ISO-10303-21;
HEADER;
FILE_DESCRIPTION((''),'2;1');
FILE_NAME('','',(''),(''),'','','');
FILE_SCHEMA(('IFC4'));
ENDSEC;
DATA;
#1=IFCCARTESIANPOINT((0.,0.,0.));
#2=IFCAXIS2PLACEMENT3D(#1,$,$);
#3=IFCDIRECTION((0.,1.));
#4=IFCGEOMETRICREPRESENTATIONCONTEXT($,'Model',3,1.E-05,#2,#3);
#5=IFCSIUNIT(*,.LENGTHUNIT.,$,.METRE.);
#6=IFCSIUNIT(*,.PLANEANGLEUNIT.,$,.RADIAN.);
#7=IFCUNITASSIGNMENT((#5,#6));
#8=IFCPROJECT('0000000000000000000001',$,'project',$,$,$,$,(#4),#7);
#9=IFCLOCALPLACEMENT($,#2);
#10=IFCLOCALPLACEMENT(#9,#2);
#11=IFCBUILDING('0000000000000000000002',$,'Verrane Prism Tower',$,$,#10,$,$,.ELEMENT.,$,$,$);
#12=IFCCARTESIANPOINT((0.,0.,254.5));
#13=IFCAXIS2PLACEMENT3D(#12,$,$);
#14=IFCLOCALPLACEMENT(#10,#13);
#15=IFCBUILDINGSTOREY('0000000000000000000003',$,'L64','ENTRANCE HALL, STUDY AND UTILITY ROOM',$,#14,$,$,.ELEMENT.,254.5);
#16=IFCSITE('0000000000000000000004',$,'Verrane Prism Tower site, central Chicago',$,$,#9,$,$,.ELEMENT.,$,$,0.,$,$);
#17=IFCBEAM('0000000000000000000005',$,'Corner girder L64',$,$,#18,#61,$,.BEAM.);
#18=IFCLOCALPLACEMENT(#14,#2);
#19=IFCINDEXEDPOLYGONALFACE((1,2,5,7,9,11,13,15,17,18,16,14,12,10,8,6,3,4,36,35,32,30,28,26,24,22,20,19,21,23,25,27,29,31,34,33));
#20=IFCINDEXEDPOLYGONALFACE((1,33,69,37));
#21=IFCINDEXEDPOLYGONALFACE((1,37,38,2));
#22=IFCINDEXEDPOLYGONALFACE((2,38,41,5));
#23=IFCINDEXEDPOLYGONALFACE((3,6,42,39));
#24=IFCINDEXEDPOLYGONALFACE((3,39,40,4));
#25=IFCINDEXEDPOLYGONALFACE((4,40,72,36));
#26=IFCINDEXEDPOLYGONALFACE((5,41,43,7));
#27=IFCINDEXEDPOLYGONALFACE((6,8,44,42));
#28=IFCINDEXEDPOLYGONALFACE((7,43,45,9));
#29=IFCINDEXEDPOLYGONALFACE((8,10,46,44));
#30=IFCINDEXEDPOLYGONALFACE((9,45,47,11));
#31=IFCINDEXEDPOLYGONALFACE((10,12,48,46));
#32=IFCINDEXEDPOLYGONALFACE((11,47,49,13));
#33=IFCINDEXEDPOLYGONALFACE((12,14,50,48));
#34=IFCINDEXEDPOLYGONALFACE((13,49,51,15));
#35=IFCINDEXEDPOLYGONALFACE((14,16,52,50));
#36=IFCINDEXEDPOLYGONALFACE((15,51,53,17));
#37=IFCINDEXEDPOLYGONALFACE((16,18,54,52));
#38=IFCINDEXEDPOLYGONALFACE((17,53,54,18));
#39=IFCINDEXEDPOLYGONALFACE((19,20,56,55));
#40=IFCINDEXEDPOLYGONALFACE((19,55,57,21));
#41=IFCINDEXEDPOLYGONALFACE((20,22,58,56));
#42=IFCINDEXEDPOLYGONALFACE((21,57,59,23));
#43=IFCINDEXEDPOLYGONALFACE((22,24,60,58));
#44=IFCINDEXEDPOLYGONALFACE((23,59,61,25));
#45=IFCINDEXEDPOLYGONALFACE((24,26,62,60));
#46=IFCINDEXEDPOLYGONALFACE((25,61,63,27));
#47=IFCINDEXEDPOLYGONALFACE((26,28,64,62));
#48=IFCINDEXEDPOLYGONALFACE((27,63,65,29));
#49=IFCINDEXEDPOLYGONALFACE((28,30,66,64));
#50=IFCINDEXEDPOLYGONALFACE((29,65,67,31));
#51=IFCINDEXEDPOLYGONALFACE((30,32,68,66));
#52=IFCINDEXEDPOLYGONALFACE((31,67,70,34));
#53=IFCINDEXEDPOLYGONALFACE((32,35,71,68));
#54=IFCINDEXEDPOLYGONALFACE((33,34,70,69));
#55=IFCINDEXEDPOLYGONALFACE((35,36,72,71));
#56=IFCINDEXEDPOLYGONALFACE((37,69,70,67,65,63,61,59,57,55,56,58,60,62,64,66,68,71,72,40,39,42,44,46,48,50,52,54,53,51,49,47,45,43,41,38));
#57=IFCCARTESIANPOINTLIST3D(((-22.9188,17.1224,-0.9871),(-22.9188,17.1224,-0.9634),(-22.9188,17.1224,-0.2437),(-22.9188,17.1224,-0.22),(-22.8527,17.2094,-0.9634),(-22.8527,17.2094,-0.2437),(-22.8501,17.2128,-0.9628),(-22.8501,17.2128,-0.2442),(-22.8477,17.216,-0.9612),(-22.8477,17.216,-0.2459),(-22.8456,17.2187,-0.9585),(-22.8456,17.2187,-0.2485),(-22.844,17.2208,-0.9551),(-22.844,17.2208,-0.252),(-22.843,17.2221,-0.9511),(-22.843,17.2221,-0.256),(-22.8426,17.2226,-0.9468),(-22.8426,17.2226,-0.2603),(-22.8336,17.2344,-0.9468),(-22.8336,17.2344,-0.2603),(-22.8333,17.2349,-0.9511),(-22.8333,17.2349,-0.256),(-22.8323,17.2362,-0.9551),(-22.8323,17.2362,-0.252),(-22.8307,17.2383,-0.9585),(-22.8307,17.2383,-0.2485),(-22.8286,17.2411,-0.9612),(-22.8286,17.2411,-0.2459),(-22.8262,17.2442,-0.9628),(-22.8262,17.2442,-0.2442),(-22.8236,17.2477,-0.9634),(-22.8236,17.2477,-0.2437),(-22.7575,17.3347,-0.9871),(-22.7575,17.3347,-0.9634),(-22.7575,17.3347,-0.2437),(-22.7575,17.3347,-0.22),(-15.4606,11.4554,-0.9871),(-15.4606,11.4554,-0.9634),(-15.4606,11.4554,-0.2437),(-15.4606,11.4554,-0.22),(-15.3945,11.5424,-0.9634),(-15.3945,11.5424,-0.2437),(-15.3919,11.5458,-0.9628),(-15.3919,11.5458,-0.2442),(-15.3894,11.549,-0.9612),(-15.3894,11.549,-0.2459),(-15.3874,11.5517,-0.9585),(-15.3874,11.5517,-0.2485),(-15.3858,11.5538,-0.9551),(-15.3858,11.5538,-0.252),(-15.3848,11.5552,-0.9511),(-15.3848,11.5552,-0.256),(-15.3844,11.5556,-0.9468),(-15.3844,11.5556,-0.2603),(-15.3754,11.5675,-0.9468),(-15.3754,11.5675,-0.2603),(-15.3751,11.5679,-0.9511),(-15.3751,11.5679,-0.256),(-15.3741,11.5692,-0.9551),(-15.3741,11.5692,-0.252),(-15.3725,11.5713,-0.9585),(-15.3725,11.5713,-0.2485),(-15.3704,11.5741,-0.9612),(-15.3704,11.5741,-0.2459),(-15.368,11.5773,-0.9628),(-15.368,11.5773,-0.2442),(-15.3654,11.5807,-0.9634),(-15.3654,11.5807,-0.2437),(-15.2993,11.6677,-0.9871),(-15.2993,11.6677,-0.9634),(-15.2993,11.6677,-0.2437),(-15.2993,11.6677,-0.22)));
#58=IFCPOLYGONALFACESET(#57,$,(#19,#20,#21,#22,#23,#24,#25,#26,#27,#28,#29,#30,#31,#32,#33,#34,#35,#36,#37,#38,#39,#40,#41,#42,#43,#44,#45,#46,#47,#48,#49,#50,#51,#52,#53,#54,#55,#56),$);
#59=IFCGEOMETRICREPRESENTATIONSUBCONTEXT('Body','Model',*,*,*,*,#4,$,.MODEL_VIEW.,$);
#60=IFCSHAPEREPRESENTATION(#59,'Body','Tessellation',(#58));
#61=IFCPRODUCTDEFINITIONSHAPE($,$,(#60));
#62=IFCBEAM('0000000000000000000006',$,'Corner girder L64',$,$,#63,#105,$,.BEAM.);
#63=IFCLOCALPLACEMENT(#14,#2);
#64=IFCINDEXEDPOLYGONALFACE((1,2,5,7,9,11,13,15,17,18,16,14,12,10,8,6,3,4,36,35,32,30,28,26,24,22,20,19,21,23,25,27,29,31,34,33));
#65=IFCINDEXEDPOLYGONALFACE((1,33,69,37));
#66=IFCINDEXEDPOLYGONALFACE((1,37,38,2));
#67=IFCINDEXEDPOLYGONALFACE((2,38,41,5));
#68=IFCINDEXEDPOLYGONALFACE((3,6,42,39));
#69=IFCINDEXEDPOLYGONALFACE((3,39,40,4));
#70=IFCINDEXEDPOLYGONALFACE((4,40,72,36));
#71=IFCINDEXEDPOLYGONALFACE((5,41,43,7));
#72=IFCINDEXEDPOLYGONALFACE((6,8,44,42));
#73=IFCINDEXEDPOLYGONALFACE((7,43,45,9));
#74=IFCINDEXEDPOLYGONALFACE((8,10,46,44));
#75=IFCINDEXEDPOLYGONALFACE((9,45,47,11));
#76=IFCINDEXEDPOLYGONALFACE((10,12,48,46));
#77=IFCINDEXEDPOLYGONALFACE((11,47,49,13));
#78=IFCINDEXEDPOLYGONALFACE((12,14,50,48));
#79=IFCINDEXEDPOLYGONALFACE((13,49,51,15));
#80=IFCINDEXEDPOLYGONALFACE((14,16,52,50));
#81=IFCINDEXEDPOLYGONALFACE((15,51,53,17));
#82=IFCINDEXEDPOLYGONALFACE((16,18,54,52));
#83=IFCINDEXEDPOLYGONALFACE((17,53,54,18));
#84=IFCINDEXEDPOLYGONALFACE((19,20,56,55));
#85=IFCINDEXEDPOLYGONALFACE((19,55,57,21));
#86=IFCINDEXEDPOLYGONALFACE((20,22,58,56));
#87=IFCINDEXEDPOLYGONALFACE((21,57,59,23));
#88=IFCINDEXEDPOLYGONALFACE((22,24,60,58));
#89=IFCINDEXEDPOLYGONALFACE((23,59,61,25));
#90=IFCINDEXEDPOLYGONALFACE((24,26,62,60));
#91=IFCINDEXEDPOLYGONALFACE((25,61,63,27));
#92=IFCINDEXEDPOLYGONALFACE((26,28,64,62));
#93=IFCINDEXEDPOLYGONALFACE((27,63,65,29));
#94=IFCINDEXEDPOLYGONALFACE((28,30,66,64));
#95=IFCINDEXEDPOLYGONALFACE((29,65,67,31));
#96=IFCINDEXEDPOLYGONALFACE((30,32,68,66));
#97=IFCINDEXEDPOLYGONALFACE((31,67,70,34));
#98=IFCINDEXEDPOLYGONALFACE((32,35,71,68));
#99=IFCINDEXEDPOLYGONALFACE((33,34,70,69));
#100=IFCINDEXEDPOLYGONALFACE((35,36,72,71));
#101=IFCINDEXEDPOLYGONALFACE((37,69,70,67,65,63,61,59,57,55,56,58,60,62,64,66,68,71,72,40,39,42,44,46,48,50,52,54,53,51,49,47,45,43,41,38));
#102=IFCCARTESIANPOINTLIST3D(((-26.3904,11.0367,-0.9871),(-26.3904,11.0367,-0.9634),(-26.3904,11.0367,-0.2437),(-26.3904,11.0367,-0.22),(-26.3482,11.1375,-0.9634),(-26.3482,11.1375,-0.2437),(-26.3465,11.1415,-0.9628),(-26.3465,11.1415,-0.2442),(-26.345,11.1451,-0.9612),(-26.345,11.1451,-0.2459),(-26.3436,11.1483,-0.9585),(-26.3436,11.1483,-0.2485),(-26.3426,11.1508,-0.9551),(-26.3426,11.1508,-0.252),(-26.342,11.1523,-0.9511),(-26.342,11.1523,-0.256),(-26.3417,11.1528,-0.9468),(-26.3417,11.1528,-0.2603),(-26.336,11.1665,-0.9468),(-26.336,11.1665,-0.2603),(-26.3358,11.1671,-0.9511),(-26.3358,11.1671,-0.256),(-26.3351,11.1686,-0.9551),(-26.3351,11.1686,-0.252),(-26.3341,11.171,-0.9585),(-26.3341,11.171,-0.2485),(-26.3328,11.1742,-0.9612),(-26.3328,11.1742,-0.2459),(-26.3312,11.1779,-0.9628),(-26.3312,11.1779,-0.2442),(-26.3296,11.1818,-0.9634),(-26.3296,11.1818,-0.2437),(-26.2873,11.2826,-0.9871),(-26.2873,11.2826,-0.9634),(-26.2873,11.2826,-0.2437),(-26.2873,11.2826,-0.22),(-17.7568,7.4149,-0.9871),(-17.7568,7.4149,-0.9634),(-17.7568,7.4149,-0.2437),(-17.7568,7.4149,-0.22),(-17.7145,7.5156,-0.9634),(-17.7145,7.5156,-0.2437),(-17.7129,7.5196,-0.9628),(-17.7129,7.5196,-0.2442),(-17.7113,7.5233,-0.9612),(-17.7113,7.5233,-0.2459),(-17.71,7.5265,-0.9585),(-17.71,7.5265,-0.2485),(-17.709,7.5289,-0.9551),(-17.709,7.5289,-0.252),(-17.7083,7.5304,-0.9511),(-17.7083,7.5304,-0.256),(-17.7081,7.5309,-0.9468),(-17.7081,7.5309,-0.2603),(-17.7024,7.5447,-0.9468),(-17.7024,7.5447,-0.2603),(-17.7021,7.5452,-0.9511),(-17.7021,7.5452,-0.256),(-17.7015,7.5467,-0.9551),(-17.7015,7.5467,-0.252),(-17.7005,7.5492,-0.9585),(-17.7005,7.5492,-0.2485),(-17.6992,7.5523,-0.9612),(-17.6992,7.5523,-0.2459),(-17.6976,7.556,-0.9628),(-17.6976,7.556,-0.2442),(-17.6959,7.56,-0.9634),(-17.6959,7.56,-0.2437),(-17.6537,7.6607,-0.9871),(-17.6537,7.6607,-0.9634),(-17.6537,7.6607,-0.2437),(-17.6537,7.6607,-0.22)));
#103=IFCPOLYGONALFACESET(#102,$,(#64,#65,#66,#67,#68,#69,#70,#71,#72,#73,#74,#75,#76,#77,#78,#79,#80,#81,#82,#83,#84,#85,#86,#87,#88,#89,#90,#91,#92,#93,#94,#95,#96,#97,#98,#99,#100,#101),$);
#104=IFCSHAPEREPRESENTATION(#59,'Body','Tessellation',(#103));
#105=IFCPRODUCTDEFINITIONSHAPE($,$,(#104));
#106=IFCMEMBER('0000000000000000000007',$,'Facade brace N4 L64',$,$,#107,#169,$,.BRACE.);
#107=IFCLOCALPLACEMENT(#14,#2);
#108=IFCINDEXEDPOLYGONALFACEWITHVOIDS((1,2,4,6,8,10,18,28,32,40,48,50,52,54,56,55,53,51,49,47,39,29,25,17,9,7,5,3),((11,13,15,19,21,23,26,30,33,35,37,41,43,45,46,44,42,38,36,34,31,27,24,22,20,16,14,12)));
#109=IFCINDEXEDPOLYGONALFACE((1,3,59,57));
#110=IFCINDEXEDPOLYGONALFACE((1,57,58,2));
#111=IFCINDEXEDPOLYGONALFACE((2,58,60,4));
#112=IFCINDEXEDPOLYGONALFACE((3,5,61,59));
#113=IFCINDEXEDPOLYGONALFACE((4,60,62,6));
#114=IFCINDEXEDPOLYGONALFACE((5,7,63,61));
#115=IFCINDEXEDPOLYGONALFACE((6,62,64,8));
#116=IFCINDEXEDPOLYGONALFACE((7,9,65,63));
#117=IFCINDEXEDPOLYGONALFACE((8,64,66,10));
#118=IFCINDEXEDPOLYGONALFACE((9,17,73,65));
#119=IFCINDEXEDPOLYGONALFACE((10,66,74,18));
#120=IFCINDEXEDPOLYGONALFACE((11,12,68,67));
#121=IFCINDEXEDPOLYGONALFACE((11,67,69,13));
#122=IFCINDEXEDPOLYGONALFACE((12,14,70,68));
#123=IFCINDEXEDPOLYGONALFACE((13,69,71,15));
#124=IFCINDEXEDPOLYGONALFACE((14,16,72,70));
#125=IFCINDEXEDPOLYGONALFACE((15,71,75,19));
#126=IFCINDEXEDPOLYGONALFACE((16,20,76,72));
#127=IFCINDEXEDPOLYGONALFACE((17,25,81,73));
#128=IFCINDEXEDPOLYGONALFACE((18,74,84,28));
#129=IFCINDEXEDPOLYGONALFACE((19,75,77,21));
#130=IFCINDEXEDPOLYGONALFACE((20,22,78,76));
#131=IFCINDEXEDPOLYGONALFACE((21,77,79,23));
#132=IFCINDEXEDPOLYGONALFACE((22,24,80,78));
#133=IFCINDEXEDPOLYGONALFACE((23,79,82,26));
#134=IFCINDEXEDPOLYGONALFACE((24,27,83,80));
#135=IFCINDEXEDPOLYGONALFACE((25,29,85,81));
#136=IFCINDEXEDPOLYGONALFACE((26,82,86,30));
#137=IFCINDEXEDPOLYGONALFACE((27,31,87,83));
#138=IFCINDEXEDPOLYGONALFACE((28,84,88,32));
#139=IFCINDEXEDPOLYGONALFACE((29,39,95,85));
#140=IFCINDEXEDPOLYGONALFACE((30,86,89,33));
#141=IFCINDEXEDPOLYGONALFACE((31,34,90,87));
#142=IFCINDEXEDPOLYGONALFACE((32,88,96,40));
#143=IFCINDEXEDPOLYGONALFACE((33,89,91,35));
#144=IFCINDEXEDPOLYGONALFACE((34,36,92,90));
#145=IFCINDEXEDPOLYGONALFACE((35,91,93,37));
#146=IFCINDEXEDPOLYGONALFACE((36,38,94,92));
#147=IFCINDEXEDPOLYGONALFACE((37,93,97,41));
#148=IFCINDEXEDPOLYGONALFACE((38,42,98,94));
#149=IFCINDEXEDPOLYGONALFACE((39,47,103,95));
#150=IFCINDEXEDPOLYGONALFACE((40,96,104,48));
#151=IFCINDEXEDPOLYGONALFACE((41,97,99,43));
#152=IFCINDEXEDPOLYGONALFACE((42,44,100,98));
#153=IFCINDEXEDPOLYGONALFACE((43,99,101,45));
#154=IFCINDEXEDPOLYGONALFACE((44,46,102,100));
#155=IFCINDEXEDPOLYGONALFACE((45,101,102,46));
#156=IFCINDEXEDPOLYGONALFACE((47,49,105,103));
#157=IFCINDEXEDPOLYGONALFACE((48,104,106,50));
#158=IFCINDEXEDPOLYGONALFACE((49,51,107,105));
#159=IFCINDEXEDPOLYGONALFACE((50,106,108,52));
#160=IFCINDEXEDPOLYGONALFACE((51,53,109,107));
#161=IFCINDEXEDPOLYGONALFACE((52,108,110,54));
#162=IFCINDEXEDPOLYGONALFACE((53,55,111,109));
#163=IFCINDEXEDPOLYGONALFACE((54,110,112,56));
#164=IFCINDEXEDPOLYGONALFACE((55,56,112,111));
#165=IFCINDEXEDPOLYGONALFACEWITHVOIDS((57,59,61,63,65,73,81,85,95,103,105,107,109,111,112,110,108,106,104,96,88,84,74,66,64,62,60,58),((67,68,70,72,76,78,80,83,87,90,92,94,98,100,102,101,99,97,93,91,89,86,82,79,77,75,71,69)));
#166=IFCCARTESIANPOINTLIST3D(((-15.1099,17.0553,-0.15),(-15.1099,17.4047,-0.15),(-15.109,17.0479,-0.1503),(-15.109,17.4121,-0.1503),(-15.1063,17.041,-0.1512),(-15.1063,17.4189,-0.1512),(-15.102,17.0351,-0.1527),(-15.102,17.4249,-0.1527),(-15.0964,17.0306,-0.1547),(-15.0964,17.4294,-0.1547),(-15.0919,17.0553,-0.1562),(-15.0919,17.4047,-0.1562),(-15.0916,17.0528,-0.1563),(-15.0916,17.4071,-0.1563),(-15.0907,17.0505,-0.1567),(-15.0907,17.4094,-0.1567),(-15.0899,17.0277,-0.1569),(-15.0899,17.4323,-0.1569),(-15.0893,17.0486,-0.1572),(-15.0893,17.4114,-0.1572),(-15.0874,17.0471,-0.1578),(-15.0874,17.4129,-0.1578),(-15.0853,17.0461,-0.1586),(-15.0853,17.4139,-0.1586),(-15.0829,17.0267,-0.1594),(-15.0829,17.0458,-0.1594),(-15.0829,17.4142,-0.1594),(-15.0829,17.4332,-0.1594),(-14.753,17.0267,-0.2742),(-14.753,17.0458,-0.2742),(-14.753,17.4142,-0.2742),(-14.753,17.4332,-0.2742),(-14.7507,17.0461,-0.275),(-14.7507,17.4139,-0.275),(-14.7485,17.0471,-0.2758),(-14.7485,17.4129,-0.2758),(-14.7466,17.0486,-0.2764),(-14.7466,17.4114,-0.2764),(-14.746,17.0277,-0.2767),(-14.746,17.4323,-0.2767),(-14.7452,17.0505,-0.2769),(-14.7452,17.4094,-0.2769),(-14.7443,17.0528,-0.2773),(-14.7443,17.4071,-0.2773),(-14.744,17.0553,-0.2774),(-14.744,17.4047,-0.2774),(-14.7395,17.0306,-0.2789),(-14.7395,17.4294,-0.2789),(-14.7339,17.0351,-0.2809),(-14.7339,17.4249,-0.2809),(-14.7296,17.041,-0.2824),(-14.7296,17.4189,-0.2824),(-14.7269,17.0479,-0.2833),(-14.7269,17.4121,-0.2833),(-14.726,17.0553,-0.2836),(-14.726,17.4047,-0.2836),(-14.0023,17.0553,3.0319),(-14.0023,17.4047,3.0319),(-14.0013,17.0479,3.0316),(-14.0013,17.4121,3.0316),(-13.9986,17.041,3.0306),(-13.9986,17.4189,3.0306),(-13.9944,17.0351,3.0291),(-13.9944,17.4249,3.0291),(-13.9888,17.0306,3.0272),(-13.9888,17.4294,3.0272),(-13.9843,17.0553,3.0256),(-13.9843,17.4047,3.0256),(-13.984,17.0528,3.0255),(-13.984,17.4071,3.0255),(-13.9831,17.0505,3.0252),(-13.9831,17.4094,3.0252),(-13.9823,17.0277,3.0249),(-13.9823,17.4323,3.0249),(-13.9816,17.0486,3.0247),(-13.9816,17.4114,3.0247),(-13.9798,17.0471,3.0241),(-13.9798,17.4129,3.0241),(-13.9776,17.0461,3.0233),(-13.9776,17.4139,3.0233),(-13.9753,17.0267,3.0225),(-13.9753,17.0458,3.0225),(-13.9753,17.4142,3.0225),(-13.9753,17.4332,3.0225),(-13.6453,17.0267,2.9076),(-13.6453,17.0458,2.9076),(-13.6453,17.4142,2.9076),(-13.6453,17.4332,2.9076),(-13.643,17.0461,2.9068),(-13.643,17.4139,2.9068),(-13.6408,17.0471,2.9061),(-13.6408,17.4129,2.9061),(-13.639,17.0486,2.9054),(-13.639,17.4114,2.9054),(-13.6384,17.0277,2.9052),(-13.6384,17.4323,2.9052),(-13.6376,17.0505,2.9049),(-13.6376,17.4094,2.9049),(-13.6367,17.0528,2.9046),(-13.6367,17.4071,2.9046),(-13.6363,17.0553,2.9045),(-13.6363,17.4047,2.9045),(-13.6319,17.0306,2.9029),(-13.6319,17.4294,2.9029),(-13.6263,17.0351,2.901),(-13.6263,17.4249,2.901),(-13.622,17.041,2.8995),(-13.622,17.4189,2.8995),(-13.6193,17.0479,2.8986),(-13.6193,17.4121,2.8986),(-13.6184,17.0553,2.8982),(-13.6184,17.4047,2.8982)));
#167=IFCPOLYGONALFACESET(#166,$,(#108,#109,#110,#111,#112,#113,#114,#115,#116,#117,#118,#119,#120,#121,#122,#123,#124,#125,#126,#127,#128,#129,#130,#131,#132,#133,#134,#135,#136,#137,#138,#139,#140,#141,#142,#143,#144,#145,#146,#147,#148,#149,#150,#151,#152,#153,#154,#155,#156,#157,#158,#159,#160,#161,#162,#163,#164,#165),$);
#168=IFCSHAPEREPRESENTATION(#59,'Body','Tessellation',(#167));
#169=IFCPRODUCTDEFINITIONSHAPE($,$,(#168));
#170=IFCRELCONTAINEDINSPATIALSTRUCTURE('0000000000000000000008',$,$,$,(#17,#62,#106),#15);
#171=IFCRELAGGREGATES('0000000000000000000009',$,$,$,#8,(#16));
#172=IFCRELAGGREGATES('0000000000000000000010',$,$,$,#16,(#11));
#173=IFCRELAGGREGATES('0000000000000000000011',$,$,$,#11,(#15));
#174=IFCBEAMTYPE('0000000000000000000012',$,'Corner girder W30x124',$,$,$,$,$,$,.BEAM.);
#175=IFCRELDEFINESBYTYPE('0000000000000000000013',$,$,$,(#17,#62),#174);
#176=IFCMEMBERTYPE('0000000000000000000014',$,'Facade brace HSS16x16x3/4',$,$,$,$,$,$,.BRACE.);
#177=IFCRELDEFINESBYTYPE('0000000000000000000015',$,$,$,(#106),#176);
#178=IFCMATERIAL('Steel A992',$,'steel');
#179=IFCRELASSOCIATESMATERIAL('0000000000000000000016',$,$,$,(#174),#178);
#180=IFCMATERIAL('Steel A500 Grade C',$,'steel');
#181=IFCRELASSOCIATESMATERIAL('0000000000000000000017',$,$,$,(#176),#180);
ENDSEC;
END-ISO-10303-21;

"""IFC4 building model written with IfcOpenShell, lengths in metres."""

from ifc_helpers import new_model, si_unit, direction, frame, origin, origin_2d, place, context, subcontext, project, spatial, hollow_rectangle, i_section, extrude, material, material_profile, profile_set, type_object, element, save


model = new_model("IFC4")

# Units and contexts
model_context = context("Model", 3, precision=1e-05, world=origin(), true_north=direction((0.0, 1.0)))
body_context = subcontext(model_context, "Body", "Model", "MODEL_VIEW")
ifc_project = project(units=[si_unit("LENGTHUNIT", "METRE"), si_unit("PLANEANGLEUNIT", "RADIAN")], contexts=[model_context])

# Site, building, storey
site_placement = place(None, origin())
site = spatial("IfcSite", under=ifc_project, at=site_placement, Name="Verrane Prism Tower site, central Chicago", CompositionType="ELEMENT", RefElevation=0.0)
building_placement = place(site_placement, origin())
building = spatial("IfcBuilding", under=site, at=building_placement, Name="Verrane Prism Tower", CompositionType="ELEMENT")
storey_placement = place(building_placement, frame((0.0, 0.0, 254.5)))
storey = spatial("IfcBuildingStorey", under=building, at=storey_placement, Name="L64", Description="ENTRANCE HALL, STUDY AND UTILITY ROOM", CompositionType="ELEMENT", Elevation=254.5)

# Beams
ifc_material_1 = material(Name="Steel A992", Category="steel")
ifc_material_profile_1 = material_profile(ifc_material_1, i_section(OverallWidth=0.2666, OverallDepth=0.7671, WebThickness=0.0149, FlangeThickness=0.0237, FilletRadius=0.0166, at=origin_2d()), Name="W30x124")
ifc_profile_set_1 = profile_set([ifc_material_profile_1], Name="Steel A992")
beam_type_1 = type_object("IfcBeamType", Name="Corner girder W30x124", PredefinedType="BEAM", material=ifc_profile_set_1)
beam_1_placement = place(storey_placement, frame((-22.8381, 17.2285, -0.6035), z_axis=(0.796228, -0.604997, 0.0), x_axis=(0.604997, 0.796228, 0.0)))
element("IfcBeam", 1, at=beam_1_placement, inside=storey, type_object=beam_type_1, Name="Corner girder L64", PredefinedType="BEAM", context=body_context, shape_type="SweptSolid", body=[
    extrude(i_section(OverallWidth=0.2666, OverallDepth=0.7671, WebThickness=0.0149, FlangeThickness=0.0237, FilletRadius=0.0166, at=origin_2d()), origin(), (0.0, 0.0, 1.0), 9.3669),
])
beam_2_placement = place(storey_placement, frame((-26.3389, 11.1597, -0.6035), z_axis=(0.922145, -0.386845, 0.0), x_axis=(0.386845, 0.922145, 0.0)))
element("IfcBeam", 2, at=beam_2_placement, inside=storey, type_object=beam_type_1, Name="Corner girder L64", PredefinedType="BEAM", context=body_context, shape_type="SweptSolid", body=[
    extrude(i_section(OverallWidth=0.2666, OverallDepth=0.7671, WebThickness=0.0149, FlangeThickness=0.0237, FilletRadius=0.0166, at=origin_2d()), origin(), (0.0, 0.0, 1.0), 9.3625),
])

# Member
ifc_material_2 = material(Name="Steel A500 Grade C", Category="steel")
ifc_material_profile_2 = material_profile(ifc_material_2, hollow_rectangle(XDim=0.4065, YDim=0.4065, WallThickness=0.019, InnerFilletRadius=0.0095, OuterFilletRadius=0.0286, at=origin_2d()), Name="HSS16x16x3/4")
ifc_profile_set_2 = profile_set([ifc_material_profile_2], Name="Steel A500 Grade C")
member_type_1 = type_object("IfcMemberType", Name="Facade brace HSS16x16x3/4", PredefinedType="BRACE", material=ifc_profile_set_2)
member_1_placement = place(storey_placement, frame((-14.918, 17.23, -0.2168), z_axis=(0.328765, 0.0, 0.944412), x_axis=(0.0, 1.0, 0.0)))
element("IfcMember", 3, at=member_1_placement, inside=storey, type_object=member_type_1, Name="Facade brace N4 L64", PredefinedType="BRACE", context=body_context, shape_type="SweptSolid", body=[
    extrude(hollow_rectangle(XDim=0.4065, YDim=0.4065, WallThickness=0.019, InnerFilletRadius=0.0095, OuterFilletRadius=0.0286, at=origin_2d()), origin(), (0.0, 0.0, 1.0), 3.3691),
])

save(model, "model.ifc")
